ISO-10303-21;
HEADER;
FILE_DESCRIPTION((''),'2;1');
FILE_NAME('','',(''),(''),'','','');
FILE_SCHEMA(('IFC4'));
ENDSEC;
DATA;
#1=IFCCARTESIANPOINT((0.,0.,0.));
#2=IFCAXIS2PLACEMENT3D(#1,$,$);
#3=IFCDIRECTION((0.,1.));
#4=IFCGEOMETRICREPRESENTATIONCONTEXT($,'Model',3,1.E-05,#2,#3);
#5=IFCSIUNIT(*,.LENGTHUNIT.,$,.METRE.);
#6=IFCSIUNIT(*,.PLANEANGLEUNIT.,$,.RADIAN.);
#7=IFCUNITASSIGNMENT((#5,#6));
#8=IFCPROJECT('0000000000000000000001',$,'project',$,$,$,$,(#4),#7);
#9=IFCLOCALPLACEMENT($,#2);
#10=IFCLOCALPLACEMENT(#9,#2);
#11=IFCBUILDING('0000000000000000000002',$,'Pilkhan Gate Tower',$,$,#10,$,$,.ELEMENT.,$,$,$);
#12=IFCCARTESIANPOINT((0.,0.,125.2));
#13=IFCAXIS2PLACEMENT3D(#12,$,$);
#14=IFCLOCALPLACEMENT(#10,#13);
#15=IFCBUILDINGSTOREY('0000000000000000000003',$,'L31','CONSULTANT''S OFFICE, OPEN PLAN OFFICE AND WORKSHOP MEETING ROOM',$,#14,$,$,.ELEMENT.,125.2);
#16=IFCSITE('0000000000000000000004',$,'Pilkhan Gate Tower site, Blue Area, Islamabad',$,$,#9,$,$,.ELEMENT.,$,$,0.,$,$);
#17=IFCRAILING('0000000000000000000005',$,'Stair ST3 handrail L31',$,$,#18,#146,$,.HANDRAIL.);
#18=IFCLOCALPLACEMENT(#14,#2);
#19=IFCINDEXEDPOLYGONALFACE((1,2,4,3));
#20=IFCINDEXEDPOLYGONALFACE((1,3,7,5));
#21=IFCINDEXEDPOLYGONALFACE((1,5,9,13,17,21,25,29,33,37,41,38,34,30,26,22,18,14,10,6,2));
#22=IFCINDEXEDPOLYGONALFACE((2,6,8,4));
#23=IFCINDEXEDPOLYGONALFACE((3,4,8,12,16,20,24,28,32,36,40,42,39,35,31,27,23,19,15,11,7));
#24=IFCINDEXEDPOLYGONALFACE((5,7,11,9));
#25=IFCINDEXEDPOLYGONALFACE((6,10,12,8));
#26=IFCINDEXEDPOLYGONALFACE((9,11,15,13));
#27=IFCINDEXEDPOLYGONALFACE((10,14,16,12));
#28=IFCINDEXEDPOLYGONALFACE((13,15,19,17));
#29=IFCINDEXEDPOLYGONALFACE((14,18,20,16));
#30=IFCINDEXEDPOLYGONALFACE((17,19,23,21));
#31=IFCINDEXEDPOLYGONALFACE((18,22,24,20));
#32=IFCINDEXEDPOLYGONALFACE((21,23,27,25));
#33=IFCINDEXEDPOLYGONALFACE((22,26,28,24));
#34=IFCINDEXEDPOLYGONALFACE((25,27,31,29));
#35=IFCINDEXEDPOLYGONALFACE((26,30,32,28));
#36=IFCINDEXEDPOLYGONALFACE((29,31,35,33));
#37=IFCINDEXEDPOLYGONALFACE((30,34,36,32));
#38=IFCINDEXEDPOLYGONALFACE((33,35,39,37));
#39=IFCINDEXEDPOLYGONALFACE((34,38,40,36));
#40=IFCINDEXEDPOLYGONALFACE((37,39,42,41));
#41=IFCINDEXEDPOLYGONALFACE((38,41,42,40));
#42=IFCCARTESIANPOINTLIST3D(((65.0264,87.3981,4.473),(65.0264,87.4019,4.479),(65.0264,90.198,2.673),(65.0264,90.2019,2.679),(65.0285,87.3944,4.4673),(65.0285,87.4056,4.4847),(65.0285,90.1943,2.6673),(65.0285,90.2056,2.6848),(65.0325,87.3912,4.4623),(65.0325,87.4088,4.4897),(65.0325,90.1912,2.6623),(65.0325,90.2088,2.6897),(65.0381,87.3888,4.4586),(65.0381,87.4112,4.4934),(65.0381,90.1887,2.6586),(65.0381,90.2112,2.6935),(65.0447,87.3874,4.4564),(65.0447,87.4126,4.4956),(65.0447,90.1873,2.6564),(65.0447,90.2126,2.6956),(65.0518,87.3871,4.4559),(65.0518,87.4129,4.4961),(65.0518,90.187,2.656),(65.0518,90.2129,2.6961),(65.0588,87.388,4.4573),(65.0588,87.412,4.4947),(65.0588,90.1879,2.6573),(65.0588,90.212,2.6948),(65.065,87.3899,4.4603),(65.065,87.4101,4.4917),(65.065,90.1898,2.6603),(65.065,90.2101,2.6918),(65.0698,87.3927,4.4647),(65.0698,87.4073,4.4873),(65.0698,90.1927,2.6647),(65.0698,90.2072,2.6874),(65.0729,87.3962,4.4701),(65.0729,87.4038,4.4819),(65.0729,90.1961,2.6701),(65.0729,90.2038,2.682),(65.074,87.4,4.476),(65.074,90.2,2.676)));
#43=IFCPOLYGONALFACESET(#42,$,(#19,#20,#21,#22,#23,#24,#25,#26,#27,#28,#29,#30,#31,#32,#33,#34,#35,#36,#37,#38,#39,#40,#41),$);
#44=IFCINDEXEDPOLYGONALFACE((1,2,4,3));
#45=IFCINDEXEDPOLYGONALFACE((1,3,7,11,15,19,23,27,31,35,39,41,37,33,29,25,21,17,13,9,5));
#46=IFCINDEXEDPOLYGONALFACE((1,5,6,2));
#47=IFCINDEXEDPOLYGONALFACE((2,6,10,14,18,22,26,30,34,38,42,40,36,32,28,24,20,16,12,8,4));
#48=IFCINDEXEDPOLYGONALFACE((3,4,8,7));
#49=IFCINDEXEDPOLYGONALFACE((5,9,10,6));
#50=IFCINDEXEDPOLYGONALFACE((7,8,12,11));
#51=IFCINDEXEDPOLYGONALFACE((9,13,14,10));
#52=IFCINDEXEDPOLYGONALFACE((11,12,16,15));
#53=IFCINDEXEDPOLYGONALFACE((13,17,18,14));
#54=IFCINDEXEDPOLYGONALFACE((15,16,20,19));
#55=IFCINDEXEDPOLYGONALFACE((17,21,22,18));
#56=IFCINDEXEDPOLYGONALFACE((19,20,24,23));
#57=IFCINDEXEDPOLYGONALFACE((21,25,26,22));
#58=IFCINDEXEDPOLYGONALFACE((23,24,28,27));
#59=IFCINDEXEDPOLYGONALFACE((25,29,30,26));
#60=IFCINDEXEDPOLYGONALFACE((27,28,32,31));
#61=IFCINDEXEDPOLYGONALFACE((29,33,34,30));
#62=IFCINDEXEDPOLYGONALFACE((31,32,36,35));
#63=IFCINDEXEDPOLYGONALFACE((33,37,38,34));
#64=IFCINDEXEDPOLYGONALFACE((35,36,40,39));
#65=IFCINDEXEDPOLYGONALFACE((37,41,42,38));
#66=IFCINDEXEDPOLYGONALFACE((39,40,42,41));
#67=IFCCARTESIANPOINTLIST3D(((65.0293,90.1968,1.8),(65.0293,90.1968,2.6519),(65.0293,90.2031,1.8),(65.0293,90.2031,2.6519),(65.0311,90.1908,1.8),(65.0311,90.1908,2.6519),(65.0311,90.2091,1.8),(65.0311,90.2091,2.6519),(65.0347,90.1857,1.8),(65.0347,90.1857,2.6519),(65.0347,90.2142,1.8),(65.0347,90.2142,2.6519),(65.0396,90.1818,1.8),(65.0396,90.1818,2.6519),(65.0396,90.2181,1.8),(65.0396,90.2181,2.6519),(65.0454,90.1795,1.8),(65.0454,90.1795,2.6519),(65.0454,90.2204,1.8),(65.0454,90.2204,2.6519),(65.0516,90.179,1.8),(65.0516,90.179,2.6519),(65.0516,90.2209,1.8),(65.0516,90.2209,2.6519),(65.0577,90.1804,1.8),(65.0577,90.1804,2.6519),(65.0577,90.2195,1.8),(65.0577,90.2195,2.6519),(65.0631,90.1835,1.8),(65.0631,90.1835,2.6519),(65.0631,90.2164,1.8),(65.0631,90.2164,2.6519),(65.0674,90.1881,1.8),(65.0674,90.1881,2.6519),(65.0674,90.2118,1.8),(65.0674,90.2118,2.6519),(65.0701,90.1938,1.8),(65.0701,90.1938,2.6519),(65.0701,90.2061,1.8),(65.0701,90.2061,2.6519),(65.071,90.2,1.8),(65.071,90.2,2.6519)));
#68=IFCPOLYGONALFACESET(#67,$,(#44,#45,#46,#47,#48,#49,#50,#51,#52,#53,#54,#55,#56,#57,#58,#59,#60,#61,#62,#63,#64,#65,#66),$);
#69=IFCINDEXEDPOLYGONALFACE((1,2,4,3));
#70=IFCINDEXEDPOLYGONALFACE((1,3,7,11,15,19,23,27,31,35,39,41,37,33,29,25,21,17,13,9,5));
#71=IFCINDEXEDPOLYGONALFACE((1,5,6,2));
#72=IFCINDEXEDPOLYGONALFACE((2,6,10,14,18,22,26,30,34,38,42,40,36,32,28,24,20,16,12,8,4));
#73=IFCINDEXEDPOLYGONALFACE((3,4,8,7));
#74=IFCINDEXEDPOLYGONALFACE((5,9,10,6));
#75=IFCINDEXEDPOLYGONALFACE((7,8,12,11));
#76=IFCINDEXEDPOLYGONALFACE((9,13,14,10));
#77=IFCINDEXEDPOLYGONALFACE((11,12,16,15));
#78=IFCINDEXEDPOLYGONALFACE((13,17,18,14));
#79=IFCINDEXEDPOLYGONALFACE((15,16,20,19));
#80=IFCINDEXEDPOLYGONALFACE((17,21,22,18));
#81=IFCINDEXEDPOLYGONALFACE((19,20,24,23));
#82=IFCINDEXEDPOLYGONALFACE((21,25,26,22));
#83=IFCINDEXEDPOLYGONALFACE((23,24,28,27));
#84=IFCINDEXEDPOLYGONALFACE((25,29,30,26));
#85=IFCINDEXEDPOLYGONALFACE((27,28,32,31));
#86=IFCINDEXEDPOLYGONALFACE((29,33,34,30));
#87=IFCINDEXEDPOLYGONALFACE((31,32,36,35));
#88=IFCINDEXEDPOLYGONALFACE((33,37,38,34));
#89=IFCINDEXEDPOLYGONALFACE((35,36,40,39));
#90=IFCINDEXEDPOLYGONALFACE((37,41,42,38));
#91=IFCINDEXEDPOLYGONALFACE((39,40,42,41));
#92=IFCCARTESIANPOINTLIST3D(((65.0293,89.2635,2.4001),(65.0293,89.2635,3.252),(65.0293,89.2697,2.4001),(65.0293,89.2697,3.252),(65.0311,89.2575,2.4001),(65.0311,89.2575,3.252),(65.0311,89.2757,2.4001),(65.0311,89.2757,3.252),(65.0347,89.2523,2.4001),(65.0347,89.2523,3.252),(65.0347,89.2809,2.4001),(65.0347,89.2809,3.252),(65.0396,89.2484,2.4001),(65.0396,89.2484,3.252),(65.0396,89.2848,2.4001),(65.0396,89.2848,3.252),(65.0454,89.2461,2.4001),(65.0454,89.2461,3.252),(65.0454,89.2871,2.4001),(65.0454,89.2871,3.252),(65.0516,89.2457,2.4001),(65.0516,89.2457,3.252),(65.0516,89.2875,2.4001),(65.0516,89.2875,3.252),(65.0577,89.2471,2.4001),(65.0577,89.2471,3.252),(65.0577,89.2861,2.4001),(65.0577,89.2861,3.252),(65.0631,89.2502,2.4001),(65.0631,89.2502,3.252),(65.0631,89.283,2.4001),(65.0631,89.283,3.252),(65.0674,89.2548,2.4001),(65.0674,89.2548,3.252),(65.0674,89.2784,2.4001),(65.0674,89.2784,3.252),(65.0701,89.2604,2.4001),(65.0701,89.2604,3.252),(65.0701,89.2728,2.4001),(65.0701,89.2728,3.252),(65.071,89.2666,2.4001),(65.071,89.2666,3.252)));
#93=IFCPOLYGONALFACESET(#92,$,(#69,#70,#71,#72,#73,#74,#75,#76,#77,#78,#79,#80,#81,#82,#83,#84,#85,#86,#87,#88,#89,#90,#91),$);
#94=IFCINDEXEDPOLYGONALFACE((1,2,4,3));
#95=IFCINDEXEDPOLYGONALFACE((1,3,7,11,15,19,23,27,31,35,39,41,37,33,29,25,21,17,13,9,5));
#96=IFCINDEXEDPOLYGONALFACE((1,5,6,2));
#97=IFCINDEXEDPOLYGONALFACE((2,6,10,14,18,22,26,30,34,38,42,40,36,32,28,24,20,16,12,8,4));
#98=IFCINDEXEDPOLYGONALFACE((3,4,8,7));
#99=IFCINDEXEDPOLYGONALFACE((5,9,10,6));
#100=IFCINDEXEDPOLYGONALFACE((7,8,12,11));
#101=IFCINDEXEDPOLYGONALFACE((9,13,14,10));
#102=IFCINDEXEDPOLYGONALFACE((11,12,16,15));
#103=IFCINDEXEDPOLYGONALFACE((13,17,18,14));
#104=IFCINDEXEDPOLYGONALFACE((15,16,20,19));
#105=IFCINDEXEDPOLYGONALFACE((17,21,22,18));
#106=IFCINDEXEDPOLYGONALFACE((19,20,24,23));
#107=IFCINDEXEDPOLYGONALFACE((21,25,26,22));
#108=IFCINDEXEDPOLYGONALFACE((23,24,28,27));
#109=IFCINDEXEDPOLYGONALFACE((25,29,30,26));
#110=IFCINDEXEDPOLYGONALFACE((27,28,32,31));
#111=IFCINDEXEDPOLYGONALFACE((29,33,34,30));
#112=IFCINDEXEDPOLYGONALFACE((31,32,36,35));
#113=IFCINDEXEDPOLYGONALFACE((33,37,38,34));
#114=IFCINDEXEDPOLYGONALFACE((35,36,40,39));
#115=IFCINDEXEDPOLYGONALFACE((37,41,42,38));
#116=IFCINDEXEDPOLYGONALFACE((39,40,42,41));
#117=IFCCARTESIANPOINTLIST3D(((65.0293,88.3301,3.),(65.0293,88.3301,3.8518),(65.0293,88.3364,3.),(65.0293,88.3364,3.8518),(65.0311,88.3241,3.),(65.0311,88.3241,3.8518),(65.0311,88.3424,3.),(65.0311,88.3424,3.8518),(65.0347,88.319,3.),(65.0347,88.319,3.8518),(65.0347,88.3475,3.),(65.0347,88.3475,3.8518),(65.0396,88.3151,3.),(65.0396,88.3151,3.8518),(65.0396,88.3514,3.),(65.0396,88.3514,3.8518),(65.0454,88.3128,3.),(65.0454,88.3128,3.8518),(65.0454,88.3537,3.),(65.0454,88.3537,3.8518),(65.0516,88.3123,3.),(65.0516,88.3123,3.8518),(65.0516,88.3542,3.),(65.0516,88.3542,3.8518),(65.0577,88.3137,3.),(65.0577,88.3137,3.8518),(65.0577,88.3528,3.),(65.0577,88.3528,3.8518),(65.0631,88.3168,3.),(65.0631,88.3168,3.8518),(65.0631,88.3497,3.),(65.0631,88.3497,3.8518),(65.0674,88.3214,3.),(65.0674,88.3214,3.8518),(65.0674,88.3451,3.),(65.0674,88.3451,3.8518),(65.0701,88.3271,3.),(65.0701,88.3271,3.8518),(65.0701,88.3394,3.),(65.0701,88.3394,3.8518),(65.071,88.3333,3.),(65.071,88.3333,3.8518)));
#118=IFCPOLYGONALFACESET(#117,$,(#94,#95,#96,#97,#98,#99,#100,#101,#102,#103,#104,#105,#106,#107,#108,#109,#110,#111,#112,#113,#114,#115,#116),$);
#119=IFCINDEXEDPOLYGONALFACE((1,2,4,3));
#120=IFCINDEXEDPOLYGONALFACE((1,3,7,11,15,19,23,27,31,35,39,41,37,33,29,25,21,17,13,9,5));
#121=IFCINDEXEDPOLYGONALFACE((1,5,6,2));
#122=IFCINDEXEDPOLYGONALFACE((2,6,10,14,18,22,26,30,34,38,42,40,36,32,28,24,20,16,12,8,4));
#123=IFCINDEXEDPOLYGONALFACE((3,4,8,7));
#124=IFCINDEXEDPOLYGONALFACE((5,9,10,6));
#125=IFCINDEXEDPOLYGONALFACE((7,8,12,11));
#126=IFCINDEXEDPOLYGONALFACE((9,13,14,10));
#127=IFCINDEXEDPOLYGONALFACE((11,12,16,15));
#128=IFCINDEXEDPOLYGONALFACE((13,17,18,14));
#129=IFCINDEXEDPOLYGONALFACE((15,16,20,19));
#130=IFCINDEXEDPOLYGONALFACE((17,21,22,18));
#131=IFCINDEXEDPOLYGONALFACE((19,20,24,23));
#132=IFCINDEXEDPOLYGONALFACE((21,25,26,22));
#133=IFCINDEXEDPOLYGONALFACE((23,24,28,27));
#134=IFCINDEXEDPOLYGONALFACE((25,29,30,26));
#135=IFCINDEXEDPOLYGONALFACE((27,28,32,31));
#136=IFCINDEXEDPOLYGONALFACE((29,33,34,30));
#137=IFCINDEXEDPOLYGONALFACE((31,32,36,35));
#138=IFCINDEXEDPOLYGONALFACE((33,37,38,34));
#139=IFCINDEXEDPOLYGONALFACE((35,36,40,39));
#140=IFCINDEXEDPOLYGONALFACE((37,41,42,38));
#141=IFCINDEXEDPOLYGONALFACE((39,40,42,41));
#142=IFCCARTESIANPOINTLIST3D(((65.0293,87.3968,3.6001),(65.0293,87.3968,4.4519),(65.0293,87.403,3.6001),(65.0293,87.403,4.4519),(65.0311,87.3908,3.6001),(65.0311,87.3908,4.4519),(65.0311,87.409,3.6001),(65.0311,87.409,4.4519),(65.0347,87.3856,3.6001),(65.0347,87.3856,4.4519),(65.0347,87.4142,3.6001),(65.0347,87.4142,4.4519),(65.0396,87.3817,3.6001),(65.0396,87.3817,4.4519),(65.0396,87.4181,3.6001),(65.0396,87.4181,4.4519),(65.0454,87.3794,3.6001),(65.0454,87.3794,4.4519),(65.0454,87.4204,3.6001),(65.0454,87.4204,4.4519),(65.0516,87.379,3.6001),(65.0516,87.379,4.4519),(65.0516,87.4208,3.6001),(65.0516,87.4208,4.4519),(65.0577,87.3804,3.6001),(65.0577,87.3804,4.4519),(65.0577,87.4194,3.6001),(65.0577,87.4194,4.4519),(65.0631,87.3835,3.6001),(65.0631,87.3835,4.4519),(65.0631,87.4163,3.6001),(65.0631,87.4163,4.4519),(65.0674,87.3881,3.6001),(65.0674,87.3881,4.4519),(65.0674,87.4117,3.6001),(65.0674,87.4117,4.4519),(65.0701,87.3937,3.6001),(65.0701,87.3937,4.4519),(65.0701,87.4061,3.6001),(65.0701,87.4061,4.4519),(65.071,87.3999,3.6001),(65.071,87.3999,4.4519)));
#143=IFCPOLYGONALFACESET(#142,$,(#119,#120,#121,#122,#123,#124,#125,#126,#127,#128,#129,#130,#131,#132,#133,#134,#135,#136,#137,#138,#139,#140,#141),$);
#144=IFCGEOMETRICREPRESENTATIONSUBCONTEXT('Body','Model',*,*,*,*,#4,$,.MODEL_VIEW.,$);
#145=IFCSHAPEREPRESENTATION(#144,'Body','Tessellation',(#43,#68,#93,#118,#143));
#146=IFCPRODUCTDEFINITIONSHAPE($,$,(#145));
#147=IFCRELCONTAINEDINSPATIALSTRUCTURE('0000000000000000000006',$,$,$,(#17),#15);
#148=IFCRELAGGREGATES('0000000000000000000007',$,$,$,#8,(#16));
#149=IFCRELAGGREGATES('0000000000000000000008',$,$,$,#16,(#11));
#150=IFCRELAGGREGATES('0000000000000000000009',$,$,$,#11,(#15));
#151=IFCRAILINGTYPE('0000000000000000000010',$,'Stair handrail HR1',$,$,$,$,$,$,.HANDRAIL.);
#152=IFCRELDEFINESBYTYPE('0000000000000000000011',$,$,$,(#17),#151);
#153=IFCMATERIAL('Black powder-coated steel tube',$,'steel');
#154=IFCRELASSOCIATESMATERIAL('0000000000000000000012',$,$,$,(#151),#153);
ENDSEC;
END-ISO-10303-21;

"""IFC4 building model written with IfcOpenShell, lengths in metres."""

from ifc_helpers import new_model, si_unit, direction, frame, origin, origin_2d, place, context, subcontext, project, spatial, circle, extrude, material, type_object, element, save


model = new_model("IFC4")

# Units and contexts
model_context = context("Model", 3, precision=1e-05, world=origin(), true_north=direction((0.0, 1.0)))
body_context = subcontext(model_context, "Body", "Model", "MODEL_VIEW")
ifc_project = project(units=[si_unit("LENGTHUNIT", "METRE"), si_unit("PLANEANGLEUNIT", "RADIAN")], contexts=[model_context])

# Site, building, storey
site_placement = place(None, origin())
site = spatial("IfcSite", under=ifc_project, at=site_placement, Name="Pilkhan Gate Tower site, Blue Area, Islamabad", CompositionType="ELEMENT", RefElevation=0.0)
building_placement = place(site_placement, origin())
building = spatial("IfcBuilding", under=site, at=building_placement, Name="Pilkhan Gate Tower", CompositionType="ELEMENT")
storey_placement = place(building_placement, frame((0.0, 0.0, 125.2)))
storey = spatial("IfcBuildingStorey", under=building, at=storey_placement, Name="L31", Description="CONSULTANT'S OFFICE, OPEN PLAN OFFICE AND WORKSHOP MEETING ROOM", CompositionType="ELEMENT", Elevation=125.2)

# Railing
ifc_material_1 = material(Name="Black powder-coated steel tube", Category="steel")
railing_type_1 = type_object("IfcRailingType", Name="Stair handrail HR1", PredefinedType="HANDRAIL", material=ifc_material_1)
railing_1_placement = place(storey_placement, frame((65.05, 90.2, 1.8)))
element("IfcRailing", 1, at=railing_1_placement, inside=storey, type_object=railing_type_1, Name="Stair ST3 handrail L31", PredefinedType="HANDRAIL", context=body_context, shape_type="SweptSolid", body=[
    extrude(circle(Radius=0.0239, at=origin_2d()), frame((0.0, 0.0, 0.876), z_axis=(0.0, -0.841176, 0.540761), x_axis=(1.0, 0.0, 0.0)), (0.0, 0.0, 1.0), 3.3286),
    extrude(circle(Radius=0.021, at=origin_2d()), origin(), (0.0, 0.0, 1.0), 0.8518),
    extrude(circle(Radius=0.021, at=origin_2d()), frame((0.0, -0.9333, 0.6001)), (0.0, 0.0, 1.0), 0.8518),
    extrude(circle(Radius=0.021, at=origin_2d()), frame((0.0, -1.8667, 1.2)), (0.0, 0.0, 1.0), 0.8518),
    extrude(circle(Radius=0.021, at=origin_2d()), frame((0.0, -2.8, 1.8)), (0.0, 0.0, 1.0), 0.8518),
])

save(model, "model.ifc")
